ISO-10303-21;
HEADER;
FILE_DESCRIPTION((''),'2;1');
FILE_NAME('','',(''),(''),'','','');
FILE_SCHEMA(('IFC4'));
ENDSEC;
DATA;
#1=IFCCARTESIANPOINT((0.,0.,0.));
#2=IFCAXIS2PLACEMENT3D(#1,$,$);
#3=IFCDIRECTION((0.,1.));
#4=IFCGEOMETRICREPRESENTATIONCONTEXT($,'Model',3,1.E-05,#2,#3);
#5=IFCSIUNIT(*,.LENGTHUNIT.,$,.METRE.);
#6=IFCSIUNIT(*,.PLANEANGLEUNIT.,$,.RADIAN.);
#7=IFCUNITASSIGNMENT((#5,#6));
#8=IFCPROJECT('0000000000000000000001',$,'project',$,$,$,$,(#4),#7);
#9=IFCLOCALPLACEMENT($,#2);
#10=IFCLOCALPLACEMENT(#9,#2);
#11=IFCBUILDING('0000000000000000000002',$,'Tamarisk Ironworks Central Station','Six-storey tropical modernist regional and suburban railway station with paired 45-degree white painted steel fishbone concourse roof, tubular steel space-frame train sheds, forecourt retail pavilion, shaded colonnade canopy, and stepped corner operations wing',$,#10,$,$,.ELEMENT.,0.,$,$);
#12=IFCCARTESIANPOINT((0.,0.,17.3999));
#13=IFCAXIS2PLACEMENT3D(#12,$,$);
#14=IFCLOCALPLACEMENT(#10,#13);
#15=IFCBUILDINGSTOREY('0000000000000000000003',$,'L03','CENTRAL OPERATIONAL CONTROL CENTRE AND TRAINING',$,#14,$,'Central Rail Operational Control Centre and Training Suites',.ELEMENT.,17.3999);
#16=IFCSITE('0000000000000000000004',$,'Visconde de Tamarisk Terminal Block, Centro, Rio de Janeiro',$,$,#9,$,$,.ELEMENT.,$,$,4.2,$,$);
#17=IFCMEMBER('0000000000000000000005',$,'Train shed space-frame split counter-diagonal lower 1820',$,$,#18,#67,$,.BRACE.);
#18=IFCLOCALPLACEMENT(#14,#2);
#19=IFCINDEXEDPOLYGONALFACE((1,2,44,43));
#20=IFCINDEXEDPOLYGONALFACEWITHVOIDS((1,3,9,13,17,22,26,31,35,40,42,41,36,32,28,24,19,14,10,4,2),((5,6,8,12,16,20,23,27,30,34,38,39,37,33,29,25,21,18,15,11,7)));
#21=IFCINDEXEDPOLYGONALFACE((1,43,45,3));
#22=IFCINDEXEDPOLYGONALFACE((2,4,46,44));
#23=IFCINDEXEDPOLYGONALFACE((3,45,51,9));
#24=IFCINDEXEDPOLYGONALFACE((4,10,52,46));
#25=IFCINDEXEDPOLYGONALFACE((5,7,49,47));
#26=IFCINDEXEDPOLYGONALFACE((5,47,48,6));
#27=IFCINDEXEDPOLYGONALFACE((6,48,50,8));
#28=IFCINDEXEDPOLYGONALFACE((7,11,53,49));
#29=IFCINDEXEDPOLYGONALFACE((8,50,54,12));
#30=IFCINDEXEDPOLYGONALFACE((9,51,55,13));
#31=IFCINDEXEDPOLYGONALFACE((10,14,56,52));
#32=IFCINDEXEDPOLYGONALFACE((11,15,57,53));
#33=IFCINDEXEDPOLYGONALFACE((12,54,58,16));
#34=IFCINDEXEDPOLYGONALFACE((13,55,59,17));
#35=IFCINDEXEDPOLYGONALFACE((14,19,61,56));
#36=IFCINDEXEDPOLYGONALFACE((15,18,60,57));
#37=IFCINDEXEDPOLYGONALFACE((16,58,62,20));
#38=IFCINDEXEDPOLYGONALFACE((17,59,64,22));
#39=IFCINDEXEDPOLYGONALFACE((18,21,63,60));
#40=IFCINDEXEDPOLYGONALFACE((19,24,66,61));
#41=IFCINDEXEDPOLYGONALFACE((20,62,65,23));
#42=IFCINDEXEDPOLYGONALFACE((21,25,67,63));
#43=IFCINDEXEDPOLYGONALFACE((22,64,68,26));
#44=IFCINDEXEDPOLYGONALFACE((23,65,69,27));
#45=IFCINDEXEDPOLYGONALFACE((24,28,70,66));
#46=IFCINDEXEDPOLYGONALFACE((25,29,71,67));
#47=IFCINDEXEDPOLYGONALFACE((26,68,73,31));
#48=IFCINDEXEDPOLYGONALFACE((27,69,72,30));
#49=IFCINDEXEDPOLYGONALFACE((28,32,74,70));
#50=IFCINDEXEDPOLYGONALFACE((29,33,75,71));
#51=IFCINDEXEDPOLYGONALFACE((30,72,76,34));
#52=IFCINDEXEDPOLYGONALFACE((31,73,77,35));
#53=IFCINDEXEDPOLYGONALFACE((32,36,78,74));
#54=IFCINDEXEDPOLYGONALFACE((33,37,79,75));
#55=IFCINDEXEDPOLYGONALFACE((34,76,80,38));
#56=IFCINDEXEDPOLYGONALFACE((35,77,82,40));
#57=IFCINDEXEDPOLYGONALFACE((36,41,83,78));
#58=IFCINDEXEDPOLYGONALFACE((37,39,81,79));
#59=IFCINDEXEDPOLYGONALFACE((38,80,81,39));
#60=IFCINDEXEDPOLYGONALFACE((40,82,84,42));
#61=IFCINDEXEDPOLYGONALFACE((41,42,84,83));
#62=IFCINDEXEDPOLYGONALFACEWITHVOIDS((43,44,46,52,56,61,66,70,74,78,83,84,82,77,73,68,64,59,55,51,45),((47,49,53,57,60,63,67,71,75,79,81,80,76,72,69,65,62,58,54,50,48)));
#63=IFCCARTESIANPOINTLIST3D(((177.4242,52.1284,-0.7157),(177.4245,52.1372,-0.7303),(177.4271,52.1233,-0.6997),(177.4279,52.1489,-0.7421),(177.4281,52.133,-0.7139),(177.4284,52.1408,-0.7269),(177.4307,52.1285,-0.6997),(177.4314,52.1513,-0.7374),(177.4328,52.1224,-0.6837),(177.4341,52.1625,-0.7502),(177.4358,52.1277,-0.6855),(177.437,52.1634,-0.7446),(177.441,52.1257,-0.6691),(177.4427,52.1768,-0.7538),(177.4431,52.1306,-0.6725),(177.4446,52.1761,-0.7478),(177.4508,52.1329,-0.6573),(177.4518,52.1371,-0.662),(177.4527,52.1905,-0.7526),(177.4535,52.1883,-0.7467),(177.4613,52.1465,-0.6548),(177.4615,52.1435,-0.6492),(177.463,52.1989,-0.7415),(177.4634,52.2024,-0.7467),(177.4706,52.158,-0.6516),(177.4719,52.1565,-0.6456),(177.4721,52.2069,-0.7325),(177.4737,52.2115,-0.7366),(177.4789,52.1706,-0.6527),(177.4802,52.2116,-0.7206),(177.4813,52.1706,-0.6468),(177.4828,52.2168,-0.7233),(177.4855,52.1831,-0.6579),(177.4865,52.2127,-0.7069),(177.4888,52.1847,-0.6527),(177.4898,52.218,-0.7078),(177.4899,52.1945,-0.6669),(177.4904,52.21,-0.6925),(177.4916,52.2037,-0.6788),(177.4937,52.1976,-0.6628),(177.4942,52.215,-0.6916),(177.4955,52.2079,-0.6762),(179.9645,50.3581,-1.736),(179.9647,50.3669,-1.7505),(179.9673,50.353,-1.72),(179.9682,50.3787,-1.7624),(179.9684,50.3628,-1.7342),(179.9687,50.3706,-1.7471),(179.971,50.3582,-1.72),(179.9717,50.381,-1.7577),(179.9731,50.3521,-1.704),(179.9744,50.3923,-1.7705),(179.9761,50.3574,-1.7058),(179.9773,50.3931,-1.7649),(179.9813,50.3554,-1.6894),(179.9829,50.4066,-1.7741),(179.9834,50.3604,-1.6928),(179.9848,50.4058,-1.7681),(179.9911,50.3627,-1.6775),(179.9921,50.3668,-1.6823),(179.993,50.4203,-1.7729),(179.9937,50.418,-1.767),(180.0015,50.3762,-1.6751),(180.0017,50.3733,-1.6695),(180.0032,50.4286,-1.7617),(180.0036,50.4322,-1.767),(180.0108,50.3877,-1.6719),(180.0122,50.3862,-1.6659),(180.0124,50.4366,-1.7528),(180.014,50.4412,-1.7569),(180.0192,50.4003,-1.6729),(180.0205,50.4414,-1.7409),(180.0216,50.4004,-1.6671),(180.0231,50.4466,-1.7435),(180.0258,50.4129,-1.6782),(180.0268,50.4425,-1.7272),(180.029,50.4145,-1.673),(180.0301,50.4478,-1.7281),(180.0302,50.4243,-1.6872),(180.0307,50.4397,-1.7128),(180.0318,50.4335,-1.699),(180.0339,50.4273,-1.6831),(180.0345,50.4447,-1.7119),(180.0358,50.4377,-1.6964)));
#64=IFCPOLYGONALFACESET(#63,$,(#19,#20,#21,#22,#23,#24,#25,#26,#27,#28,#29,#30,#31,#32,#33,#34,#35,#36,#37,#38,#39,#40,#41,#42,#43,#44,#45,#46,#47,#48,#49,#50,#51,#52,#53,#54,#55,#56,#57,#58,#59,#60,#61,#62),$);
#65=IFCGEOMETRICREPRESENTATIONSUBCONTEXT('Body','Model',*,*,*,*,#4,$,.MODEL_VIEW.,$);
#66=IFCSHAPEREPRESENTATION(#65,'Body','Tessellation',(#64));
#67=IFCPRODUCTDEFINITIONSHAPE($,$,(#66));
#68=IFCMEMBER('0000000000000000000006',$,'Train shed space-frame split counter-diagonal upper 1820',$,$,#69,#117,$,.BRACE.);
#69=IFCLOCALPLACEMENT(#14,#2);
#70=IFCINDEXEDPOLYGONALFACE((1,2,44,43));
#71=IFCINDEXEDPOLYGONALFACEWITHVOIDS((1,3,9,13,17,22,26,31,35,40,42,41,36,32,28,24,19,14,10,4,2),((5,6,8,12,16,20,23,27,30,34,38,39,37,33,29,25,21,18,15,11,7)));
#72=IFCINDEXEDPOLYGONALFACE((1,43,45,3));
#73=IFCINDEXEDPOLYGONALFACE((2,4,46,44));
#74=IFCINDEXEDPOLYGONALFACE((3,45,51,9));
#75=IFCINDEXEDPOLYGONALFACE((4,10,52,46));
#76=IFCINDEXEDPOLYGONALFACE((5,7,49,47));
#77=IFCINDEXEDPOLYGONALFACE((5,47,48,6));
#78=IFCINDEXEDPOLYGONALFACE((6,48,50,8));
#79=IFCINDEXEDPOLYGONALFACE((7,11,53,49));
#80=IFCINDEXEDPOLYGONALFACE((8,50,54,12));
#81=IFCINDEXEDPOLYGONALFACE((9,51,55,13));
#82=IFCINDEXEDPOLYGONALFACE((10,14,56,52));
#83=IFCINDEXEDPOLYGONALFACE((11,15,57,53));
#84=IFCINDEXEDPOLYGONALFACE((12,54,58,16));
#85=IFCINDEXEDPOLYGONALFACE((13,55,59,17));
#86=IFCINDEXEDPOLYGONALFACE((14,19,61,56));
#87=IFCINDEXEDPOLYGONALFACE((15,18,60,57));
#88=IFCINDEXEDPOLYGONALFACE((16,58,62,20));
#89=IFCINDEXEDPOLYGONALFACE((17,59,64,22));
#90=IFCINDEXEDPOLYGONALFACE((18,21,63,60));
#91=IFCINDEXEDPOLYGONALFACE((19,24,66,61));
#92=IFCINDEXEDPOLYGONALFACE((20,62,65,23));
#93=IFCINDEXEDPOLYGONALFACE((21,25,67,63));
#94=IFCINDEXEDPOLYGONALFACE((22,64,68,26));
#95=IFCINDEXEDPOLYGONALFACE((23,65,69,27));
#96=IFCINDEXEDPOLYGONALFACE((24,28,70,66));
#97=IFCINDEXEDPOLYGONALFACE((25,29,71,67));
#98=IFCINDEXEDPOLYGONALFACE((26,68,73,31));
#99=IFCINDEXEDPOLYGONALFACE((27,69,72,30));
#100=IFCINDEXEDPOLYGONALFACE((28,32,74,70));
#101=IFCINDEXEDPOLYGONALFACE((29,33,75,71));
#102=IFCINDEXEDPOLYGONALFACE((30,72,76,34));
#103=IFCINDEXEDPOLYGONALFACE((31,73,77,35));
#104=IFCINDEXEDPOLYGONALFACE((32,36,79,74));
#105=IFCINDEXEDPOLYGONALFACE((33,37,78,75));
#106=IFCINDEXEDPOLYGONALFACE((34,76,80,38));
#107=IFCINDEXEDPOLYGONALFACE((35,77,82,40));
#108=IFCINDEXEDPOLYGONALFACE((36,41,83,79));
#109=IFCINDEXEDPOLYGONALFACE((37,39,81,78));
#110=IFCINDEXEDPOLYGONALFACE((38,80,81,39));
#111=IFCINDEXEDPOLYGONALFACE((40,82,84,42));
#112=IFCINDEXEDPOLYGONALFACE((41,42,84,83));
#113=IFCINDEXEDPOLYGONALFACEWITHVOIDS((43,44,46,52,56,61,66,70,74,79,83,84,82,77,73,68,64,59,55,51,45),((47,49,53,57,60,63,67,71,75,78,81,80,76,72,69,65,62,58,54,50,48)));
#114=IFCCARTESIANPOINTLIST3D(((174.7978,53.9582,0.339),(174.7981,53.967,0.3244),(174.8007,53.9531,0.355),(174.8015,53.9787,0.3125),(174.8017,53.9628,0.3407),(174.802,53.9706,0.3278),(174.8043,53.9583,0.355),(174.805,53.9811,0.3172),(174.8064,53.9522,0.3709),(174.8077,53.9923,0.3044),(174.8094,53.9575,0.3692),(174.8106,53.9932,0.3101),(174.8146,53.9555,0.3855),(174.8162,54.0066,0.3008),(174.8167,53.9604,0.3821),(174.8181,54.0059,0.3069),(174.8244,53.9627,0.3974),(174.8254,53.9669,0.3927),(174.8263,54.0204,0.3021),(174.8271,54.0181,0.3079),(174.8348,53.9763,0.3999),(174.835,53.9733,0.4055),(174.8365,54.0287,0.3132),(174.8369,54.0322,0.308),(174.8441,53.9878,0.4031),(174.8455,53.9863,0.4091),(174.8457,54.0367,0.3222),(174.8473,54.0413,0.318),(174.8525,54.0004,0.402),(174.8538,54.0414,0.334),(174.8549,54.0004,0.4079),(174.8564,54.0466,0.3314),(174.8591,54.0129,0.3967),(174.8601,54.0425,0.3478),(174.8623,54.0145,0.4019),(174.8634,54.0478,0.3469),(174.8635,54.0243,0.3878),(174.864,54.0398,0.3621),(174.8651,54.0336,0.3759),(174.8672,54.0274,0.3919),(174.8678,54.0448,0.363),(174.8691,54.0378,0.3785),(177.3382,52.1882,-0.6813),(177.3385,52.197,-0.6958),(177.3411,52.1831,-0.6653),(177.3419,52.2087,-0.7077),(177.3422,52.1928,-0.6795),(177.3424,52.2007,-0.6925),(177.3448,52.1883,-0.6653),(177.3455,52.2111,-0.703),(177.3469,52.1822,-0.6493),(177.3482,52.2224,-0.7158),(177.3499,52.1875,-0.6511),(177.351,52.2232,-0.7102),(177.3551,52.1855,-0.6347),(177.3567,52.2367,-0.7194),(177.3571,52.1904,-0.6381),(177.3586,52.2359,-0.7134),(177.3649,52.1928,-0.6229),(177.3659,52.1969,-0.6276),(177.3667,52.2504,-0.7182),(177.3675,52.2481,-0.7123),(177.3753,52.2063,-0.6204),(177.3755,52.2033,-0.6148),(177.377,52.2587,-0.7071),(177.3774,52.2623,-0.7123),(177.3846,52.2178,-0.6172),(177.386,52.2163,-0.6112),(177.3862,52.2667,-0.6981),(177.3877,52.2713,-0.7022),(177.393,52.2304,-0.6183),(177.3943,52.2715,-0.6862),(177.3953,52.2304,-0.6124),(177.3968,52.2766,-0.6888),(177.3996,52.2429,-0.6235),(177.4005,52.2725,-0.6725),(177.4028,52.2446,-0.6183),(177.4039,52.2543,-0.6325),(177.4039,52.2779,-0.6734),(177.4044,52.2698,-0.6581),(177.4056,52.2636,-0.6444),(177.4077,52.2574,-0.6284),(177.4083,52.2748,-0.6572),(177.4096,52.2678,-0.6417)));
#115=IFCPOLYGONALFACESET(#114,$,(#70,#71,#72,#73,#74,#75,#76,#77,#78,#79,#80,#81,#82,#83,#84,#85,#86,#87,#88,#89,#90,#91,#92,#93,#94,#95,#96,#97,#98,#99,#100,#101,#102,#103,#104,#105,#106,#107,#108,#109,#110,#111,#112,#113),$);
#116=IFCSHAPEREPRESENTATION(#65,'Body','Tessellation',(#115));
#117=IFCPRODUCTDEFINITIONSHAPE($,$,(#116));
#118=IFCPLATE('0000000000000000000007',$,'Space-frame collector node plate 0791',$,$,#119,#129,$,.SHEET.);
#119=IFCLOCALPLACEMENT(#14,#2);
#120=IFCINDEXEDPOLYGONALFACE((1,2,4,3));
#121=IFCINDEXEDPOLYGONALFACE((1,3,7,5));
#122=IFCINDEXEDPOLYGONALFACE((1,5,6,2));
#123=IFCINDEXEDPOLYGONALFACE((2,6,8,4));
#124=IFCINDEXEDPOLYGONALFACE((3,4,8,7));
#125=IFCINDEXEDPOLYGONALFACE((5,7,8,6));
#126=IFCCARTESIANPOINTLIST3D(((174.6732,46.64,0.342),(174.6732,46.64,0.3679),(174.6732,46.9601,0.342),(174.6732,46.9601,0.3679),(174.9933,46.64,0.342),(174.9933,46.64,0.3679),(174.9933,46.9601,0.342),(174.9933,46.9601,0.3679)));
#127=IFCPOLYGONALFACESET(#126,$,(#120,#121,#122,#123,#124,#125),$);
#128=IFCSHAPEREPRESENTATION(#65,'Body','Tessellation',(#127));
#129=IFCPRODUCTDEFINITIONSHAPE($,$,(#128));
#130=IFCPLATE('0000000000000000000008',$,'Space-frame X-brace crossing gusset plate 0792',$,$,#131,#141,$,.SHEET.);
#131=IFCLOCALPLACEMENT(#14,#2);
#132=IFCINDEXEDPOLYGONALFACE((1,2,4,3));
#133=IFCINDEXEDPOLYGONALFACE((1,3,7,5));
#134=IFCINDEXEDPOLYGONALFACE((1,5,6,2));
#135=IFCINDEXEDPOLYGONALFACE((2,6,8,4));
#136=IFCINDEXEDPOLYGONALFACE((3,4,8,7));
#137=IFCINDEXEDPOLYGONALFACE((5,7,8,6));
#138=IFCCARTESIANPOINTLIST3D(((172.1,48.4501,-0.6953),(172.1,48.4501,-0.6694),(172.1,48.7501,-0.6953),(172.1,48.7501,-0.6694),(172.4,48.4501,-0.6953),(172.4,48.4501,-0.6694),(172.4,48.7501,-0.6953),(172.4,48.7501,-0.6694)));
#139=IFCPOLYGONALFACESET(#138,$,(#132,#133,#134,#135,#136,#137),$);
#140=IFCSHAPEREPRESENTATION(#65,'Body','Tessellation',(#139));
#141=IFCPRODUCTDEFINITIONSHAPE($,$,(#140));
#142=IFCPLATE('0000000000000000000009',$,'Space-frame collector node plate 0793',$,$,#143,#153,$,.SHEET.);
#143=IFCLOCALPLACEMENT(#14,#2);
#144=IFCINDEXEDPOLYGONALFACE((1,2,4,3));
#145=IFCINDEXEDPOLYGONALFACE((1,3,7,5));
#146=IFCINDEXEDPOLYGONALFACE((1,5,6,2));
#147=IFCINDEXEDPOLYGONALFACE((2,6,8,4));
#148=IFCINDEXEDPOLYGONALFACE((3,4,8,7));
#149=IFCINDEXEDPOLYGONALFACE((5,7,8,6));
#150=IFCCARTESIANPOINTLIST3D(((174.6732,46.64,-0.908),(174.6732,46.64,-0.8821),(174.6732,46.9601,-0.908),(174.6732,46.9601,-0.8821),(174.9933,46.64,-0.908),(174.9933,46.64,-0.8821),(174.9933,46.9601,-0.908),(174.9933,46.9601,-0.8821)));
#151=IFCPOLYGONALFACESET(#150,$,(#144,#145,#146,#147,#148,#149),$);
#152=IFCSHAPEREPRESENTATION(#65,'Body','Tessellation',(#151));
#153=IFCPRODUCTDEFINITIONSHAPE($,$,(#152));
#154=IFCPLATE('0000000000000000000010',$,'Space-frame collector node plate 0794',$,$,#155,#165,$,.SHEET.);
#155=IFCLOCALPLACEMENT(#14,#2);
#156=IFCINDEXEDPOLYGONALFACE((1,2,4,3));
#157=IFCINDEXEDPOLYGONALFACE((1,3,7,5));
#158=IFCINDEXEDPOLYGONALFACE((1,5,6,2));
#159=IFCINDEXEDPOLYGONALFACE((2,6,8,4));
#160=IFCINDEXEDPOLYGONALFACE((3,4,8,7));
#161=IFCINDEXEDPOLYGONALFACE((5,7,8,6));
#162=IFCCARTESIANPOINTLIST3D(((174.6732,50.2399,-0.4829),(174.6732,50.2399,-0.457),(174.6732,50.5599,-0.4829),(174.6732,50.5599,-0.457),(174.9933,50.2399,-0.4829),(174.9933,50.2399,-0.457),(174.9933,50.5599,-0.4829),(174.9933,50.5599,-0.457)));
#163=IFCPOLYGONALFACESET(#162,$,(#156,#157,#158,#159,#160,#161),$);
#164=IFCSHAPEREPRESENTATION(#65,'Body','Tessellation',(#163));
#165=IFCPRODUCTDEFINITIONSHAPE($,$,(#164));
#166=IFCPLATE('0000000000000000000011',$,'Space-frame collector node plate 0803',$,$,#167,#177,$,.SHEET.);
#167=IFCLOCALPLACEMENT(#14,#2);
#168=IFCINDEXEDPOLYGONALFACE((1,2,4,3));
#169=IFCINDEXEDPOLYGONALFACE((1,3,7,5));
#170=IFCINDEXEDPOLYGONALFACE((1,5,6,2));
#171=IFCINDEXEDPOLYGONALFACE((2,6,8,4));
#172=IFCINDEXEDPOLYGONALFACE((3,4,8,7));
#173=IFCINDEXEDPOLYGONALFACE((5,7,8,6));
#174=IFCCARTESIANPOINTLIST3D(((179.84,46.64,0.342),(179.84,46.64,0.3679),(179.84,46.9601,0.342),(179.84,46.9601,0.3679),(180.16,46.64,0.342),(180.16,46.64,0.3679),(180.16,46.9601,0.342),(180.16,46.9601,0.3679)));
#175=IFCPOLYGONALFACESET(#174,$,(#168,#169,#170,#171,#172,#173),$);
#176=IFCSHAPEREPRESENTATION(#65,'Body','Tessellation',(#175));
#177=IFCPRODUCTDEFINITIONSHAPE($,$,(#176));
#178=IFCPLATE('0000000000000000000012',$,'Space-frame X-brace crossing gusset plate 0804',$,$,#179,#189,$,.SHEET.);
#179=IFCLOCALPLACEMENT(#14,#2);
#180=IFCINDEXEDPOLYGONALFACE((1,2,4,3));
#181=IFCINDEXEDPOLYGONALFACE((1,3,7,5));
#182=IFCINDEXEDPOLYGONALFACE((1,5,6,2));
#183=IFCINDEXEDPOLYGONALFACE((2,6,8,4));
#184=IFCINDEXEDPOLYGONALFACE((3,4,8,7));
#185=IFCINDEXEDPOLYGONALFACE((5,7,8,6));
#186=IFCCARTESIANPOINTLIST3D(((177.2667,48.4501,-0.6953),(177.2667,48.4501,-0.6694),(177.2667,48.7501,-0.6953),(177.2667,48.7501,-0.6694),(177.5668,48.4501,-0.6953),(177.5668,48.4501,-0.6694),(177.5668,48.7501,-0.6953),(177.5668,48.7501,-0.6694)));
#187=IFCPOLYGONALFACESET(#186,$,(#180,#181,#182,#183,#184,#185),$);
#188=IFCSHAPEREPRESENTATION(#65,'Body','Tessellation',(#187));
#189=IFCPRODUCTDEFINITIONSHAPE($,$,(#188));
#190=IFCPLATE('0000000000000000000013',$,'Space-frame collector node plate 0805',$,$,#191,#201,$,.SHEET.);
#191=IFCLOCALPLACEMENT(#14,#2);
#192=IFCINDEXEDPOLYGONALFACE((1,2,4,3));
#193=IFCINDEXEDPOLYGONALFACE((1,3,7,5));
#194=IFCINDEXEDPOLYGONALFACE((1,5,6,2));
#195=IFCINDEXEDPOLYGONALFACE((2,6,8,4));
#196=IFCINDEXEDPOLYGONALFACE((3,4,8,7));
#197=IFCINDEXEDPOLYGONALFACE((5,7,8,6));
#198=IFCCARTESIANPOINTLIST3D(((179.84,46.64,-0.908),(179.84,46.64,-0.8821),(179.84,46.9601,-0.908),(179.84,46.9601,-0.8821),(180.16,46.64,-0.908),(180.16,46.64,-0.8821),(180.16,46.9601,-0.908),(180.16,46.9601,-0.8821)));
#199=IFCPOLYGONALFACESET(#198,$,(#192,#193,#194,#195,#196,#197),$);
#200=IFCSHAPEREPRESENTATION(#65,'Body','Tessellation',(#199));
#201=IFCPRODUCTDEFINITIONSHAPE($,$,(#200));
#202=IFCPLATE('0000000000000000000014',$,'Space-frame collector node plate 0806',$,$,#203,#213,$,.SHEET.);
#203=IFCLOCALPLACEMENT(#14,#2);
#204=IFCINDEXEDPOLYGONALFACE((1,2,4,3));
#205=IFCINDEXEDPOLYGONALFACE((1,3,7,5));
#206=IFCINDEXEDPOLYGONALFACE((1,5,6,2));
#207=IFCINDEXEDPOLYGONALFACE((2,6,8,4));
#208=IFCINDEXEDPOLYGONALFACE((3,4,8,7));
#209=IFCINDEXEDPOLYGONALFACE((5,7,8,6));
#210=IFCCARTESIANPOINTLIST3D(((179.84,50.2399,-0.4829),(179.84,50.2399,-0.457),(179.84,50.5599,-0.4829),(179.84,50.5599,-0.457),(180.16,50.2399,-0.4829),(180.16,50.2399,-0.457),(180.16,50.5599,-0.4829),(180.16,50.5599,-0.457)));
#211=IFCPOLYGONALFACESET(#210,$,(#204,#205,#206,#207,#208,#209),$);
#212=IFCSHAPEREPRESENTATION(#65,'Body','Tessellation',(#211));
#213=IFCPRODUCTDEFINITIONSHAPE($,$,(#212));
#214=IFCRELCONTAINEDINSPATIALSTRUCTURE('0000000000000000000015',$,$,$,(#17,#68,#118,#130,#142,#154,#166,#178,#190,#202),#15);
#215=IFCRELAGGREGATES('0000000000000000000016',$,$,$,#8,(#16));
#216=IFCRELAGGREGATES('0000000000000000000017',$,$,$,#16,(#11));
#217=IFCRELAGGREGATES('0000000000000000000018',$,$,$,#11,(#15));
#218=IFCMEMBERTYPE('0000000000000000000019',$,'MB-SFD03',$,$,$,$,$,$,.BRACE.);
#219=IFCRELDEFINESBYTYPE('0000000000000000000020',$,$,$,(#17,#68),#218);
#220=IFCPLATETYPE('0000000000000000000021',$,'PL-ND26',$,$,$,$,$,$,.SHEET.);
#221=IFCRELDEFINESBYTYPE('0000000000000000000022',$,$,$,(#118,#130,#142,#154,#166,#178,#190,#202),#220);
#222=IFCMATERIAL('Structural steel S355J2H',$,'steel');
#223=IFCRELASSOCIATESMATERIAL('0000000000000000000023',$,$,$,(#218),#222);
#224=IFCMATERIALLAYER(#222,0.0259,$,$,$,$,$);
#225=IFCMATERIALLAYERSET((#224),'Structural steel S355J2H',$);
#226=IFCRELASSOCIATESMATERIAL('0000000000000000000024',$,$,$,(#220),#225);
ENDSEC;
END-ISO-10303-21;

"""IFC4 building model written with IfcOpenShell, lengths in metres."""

from ifc_helpers import new_model, si_unit, direction, frame, origin, origin_2d, place, context, subcontext, project, spatial, rectangle, hollow_circle, extrude, material, layer, layer_set, material_profile, profile_set, type_object, element, save


model = new_model("IFC4")

# Units and contexts
model_context = context("Model", 3, precision=1e-05, world=origin(), true_north=direction((0.0, 1.0)))
body_context = subcontext(model_context, "Body", "Model", "MODEL_VIEW")
ifc_project = project(units=[si_unit("LENGTHUNIT", "METRE"), si_unit("PLANEANGLEUNIT", "RADIAN")], contexts=[model_context])

# Site, building, storey
site_placement = place(None, origin())
site = spatial("IfcSite", under=ifc_project, at=site_placement, Name="Visconde de Tamarisk Terminal Block, Centro, Rio de Janeiro", CompositionType="ELEMENT", RefElevation=4.2)
building_placement = place(site_placement, origin())
building = spatial("IfcBuilding", under=site, at=building_placement, Name="Tamarisk Ironworks Central Station", Description="Six-storey tropical modernist regional and suburban railway station with paired 45-degree white painted steel fishbone concourse roof, tubular steel space-frame train sheds, forecourt retail pavilion, shaded colonnade canopy, and stepped corner operations wing", CompositionType="ELEMENT", ElevationOfRefHeight=0.0)
storey_placement = place(building_placement, frame((0.0, 0.0, 17.3999)))
storey = spatial("IfcBuildingStorey", under=building, at=storey_placement, Name="L03", Description="CENTRAL OPERATIONAL CONTROL CENTRE AND TRAINING", LongName="Central Rail Operational Control Centre and Training Suites", CompositionType="ELEMENT", Elevation=17.3999)

# Members
ifc_material_1 = material(Name="Structural steel S355J2H", Category="steel")
ifc_material_profile_1 = material_profile(ifc_material_1, hollow_circle(Radius=0.0571, WallThickness=0.0063, at=origin_2d()), Name="CHS 114.3x6.3")
ifc_profile_set_1 = profile_set([ifc_material_profile_1], Name="Structural steel S355J2H")
member_type_1 = type_object("IfcMemberType", Name="MB-SFD03", PredefinedType="BRACE", material=ifc_profile_set_1)
for number, where, z_axis, x_axis, name in (
    (1, (180.0, 50.3999, -1.72), (-0.77922, 0.54302, 0.312961), (-0.571741, -0.820434, 0.0), "Train shed space-frame split counter-diagonal lower 1820"),
    (2, (177.3738, 52.23, -0.6653), (-0.779281, 0.542936, 0.312956), (-0.571651, -0.820497, 0.0), "Train shed space-frame split counter-diagonal upper 1820"),
):
    element("IfcMember", number, at=place(storey_placement, frame(where, z_axis=z_axis, x_axis=x_axis)), inside=storey, type_object=member_type_1, Name=name, PredefinedType="BRACE", context=body_context, shape_type="SweptSolid", body=[
        extrude(hollow_circle(Radius=0.0571, WallThickness=0.0063, at=origin_2d()), origin(), (0.0, 0.0, 1.0), 3.26),
    ])

# Plates
ifc_layer = layer(ifc_material_1, 0.0259)
ifc_layer_set = layer_set([ifc_layer], Name="Structural steel S355J2H")
plate_type = type_object("IfcPlateType", Name="PL-ND26", PredefinedType="SHEET", material=ifc_layer_set)
plate_1_placement = place(storey_placement, frame((174.8333, 46.8, 0.342), z_axis=(0.0, 0.0, 1.0), x_axis=(1.0, 0.0, 0.0)))
element("IfcPlate", 3, at=plate_1_placement, inside=storey, type_object=plate_type, Name="Space-frame collector node plate 0791", PredefinedType="SHEET", context=body_context, shape_type="SweptSolid", body=[
    extrude(rectangle(XDim=0.3201, YDim=0.3201, at=origin_2d()), origin(), (0.0, 0.0, 1.0), 0.0259),
])
plate_2_placement = place(storey_placement, frame((172.25, 48.6001, -0.6953), z_axis=(0.0, 0.0, 1.0), x_axis=(1.0, 0.0, 0.0)))
element("IfcPlate", 4, at=plate_2_placement, inside=storey, type_object=plate_type, Name="Space-frame X-brace crossing gusset plate 0792", PredefinedType="SHEET", context=body_context, shape_type="SweptSolid", body=[
    extrude(rectangle(XDim=0.3, YDim=0.3, at=origin_2d()), origin(), (0.0, 0.0, 1.0), 0.0259),
])
for number, where, z_axis, x_axis, name in (
    (5, (174.8333, 46.8, -0.908), (0.0, 0.0, 1.0), (1.0, 0.0, 0.0), "Space-frame collector node plate 0793"),
    (6, (174.8333, 50.3999, -0.4829), (0.0, 0.0, 1.0), (1.0, 0.0, 0.0), "Space-frame collector node plate 0794"),
    (7, (180.0, 46.8, 0.342), (0.0, 0.0, 1.0), (1.0, 0.0, 0.0), "Space-frame collector node plate 0803"),
):
    element("IfcPlate", number, at=place(storey_placement, frame(where, z_axis=z_axis, x_axis=x_axis)), inside=storey, type_object=plate_type, Name=name, PredefinedType="SHEET", context=body_context, shape_type="SweptSolid", body=[
        extrude(rectangle(XDim=0.3201, YDim=0.3201, at=origin_2d()), origin(), (0.0, 0.0, 1.0), 0.0259),
    ])
plate_3_placement = place(storey_placement, frame((177.4167, 48.6001, -0.6953), z_axis=(0.0, 0.0, 1.0), x_axis=(1.0, 0.0, 0.0)))
element("IfcPlate", 8, at=plate_3_placement, inside=storey, type_object=plate_type, Name="Space-frame X-brace crossing gusset plate 0804", PredefinedType="SHEET", context=body_context, shape_type="SweptSolid", body=[
    extrude(rectangle(XDim=0.3, YDim=0.3, at=origin_2d()), origin(), (0.0, 0.0, 1.0), 0.0259),
])
for number, where, z_axis, x_axis, name in (
    (9, (180.0, 46.8, -0.908), (0.0, 0.0, 1.0), (1.0, 0.0, 0.0), "Space-frame collector node plate 0805"),
    (10, (180.0, 50.3999, -0.4829), (0.0, 0.0, 1.0), (1.0, 0.0, 0.0), "Space-frame collector node plate 0806"),
):
    element("IfcPlate", number, at=place(storey_placement, frame(where, z_axis=z_axis, x_axis=x_axis)), inside=storey, type_object=plate_type, Name=name, PredefinedType="SHEET", context=body_context, shape_type="SweptSolid", body=[
        extrude(rectangle(XDim=0.3201, YDim=0.3201, at=origin_2d()), origin(), (0.0, 0.0, 1.0), 0.0259),
    ])

save(model, "model.ifc")
